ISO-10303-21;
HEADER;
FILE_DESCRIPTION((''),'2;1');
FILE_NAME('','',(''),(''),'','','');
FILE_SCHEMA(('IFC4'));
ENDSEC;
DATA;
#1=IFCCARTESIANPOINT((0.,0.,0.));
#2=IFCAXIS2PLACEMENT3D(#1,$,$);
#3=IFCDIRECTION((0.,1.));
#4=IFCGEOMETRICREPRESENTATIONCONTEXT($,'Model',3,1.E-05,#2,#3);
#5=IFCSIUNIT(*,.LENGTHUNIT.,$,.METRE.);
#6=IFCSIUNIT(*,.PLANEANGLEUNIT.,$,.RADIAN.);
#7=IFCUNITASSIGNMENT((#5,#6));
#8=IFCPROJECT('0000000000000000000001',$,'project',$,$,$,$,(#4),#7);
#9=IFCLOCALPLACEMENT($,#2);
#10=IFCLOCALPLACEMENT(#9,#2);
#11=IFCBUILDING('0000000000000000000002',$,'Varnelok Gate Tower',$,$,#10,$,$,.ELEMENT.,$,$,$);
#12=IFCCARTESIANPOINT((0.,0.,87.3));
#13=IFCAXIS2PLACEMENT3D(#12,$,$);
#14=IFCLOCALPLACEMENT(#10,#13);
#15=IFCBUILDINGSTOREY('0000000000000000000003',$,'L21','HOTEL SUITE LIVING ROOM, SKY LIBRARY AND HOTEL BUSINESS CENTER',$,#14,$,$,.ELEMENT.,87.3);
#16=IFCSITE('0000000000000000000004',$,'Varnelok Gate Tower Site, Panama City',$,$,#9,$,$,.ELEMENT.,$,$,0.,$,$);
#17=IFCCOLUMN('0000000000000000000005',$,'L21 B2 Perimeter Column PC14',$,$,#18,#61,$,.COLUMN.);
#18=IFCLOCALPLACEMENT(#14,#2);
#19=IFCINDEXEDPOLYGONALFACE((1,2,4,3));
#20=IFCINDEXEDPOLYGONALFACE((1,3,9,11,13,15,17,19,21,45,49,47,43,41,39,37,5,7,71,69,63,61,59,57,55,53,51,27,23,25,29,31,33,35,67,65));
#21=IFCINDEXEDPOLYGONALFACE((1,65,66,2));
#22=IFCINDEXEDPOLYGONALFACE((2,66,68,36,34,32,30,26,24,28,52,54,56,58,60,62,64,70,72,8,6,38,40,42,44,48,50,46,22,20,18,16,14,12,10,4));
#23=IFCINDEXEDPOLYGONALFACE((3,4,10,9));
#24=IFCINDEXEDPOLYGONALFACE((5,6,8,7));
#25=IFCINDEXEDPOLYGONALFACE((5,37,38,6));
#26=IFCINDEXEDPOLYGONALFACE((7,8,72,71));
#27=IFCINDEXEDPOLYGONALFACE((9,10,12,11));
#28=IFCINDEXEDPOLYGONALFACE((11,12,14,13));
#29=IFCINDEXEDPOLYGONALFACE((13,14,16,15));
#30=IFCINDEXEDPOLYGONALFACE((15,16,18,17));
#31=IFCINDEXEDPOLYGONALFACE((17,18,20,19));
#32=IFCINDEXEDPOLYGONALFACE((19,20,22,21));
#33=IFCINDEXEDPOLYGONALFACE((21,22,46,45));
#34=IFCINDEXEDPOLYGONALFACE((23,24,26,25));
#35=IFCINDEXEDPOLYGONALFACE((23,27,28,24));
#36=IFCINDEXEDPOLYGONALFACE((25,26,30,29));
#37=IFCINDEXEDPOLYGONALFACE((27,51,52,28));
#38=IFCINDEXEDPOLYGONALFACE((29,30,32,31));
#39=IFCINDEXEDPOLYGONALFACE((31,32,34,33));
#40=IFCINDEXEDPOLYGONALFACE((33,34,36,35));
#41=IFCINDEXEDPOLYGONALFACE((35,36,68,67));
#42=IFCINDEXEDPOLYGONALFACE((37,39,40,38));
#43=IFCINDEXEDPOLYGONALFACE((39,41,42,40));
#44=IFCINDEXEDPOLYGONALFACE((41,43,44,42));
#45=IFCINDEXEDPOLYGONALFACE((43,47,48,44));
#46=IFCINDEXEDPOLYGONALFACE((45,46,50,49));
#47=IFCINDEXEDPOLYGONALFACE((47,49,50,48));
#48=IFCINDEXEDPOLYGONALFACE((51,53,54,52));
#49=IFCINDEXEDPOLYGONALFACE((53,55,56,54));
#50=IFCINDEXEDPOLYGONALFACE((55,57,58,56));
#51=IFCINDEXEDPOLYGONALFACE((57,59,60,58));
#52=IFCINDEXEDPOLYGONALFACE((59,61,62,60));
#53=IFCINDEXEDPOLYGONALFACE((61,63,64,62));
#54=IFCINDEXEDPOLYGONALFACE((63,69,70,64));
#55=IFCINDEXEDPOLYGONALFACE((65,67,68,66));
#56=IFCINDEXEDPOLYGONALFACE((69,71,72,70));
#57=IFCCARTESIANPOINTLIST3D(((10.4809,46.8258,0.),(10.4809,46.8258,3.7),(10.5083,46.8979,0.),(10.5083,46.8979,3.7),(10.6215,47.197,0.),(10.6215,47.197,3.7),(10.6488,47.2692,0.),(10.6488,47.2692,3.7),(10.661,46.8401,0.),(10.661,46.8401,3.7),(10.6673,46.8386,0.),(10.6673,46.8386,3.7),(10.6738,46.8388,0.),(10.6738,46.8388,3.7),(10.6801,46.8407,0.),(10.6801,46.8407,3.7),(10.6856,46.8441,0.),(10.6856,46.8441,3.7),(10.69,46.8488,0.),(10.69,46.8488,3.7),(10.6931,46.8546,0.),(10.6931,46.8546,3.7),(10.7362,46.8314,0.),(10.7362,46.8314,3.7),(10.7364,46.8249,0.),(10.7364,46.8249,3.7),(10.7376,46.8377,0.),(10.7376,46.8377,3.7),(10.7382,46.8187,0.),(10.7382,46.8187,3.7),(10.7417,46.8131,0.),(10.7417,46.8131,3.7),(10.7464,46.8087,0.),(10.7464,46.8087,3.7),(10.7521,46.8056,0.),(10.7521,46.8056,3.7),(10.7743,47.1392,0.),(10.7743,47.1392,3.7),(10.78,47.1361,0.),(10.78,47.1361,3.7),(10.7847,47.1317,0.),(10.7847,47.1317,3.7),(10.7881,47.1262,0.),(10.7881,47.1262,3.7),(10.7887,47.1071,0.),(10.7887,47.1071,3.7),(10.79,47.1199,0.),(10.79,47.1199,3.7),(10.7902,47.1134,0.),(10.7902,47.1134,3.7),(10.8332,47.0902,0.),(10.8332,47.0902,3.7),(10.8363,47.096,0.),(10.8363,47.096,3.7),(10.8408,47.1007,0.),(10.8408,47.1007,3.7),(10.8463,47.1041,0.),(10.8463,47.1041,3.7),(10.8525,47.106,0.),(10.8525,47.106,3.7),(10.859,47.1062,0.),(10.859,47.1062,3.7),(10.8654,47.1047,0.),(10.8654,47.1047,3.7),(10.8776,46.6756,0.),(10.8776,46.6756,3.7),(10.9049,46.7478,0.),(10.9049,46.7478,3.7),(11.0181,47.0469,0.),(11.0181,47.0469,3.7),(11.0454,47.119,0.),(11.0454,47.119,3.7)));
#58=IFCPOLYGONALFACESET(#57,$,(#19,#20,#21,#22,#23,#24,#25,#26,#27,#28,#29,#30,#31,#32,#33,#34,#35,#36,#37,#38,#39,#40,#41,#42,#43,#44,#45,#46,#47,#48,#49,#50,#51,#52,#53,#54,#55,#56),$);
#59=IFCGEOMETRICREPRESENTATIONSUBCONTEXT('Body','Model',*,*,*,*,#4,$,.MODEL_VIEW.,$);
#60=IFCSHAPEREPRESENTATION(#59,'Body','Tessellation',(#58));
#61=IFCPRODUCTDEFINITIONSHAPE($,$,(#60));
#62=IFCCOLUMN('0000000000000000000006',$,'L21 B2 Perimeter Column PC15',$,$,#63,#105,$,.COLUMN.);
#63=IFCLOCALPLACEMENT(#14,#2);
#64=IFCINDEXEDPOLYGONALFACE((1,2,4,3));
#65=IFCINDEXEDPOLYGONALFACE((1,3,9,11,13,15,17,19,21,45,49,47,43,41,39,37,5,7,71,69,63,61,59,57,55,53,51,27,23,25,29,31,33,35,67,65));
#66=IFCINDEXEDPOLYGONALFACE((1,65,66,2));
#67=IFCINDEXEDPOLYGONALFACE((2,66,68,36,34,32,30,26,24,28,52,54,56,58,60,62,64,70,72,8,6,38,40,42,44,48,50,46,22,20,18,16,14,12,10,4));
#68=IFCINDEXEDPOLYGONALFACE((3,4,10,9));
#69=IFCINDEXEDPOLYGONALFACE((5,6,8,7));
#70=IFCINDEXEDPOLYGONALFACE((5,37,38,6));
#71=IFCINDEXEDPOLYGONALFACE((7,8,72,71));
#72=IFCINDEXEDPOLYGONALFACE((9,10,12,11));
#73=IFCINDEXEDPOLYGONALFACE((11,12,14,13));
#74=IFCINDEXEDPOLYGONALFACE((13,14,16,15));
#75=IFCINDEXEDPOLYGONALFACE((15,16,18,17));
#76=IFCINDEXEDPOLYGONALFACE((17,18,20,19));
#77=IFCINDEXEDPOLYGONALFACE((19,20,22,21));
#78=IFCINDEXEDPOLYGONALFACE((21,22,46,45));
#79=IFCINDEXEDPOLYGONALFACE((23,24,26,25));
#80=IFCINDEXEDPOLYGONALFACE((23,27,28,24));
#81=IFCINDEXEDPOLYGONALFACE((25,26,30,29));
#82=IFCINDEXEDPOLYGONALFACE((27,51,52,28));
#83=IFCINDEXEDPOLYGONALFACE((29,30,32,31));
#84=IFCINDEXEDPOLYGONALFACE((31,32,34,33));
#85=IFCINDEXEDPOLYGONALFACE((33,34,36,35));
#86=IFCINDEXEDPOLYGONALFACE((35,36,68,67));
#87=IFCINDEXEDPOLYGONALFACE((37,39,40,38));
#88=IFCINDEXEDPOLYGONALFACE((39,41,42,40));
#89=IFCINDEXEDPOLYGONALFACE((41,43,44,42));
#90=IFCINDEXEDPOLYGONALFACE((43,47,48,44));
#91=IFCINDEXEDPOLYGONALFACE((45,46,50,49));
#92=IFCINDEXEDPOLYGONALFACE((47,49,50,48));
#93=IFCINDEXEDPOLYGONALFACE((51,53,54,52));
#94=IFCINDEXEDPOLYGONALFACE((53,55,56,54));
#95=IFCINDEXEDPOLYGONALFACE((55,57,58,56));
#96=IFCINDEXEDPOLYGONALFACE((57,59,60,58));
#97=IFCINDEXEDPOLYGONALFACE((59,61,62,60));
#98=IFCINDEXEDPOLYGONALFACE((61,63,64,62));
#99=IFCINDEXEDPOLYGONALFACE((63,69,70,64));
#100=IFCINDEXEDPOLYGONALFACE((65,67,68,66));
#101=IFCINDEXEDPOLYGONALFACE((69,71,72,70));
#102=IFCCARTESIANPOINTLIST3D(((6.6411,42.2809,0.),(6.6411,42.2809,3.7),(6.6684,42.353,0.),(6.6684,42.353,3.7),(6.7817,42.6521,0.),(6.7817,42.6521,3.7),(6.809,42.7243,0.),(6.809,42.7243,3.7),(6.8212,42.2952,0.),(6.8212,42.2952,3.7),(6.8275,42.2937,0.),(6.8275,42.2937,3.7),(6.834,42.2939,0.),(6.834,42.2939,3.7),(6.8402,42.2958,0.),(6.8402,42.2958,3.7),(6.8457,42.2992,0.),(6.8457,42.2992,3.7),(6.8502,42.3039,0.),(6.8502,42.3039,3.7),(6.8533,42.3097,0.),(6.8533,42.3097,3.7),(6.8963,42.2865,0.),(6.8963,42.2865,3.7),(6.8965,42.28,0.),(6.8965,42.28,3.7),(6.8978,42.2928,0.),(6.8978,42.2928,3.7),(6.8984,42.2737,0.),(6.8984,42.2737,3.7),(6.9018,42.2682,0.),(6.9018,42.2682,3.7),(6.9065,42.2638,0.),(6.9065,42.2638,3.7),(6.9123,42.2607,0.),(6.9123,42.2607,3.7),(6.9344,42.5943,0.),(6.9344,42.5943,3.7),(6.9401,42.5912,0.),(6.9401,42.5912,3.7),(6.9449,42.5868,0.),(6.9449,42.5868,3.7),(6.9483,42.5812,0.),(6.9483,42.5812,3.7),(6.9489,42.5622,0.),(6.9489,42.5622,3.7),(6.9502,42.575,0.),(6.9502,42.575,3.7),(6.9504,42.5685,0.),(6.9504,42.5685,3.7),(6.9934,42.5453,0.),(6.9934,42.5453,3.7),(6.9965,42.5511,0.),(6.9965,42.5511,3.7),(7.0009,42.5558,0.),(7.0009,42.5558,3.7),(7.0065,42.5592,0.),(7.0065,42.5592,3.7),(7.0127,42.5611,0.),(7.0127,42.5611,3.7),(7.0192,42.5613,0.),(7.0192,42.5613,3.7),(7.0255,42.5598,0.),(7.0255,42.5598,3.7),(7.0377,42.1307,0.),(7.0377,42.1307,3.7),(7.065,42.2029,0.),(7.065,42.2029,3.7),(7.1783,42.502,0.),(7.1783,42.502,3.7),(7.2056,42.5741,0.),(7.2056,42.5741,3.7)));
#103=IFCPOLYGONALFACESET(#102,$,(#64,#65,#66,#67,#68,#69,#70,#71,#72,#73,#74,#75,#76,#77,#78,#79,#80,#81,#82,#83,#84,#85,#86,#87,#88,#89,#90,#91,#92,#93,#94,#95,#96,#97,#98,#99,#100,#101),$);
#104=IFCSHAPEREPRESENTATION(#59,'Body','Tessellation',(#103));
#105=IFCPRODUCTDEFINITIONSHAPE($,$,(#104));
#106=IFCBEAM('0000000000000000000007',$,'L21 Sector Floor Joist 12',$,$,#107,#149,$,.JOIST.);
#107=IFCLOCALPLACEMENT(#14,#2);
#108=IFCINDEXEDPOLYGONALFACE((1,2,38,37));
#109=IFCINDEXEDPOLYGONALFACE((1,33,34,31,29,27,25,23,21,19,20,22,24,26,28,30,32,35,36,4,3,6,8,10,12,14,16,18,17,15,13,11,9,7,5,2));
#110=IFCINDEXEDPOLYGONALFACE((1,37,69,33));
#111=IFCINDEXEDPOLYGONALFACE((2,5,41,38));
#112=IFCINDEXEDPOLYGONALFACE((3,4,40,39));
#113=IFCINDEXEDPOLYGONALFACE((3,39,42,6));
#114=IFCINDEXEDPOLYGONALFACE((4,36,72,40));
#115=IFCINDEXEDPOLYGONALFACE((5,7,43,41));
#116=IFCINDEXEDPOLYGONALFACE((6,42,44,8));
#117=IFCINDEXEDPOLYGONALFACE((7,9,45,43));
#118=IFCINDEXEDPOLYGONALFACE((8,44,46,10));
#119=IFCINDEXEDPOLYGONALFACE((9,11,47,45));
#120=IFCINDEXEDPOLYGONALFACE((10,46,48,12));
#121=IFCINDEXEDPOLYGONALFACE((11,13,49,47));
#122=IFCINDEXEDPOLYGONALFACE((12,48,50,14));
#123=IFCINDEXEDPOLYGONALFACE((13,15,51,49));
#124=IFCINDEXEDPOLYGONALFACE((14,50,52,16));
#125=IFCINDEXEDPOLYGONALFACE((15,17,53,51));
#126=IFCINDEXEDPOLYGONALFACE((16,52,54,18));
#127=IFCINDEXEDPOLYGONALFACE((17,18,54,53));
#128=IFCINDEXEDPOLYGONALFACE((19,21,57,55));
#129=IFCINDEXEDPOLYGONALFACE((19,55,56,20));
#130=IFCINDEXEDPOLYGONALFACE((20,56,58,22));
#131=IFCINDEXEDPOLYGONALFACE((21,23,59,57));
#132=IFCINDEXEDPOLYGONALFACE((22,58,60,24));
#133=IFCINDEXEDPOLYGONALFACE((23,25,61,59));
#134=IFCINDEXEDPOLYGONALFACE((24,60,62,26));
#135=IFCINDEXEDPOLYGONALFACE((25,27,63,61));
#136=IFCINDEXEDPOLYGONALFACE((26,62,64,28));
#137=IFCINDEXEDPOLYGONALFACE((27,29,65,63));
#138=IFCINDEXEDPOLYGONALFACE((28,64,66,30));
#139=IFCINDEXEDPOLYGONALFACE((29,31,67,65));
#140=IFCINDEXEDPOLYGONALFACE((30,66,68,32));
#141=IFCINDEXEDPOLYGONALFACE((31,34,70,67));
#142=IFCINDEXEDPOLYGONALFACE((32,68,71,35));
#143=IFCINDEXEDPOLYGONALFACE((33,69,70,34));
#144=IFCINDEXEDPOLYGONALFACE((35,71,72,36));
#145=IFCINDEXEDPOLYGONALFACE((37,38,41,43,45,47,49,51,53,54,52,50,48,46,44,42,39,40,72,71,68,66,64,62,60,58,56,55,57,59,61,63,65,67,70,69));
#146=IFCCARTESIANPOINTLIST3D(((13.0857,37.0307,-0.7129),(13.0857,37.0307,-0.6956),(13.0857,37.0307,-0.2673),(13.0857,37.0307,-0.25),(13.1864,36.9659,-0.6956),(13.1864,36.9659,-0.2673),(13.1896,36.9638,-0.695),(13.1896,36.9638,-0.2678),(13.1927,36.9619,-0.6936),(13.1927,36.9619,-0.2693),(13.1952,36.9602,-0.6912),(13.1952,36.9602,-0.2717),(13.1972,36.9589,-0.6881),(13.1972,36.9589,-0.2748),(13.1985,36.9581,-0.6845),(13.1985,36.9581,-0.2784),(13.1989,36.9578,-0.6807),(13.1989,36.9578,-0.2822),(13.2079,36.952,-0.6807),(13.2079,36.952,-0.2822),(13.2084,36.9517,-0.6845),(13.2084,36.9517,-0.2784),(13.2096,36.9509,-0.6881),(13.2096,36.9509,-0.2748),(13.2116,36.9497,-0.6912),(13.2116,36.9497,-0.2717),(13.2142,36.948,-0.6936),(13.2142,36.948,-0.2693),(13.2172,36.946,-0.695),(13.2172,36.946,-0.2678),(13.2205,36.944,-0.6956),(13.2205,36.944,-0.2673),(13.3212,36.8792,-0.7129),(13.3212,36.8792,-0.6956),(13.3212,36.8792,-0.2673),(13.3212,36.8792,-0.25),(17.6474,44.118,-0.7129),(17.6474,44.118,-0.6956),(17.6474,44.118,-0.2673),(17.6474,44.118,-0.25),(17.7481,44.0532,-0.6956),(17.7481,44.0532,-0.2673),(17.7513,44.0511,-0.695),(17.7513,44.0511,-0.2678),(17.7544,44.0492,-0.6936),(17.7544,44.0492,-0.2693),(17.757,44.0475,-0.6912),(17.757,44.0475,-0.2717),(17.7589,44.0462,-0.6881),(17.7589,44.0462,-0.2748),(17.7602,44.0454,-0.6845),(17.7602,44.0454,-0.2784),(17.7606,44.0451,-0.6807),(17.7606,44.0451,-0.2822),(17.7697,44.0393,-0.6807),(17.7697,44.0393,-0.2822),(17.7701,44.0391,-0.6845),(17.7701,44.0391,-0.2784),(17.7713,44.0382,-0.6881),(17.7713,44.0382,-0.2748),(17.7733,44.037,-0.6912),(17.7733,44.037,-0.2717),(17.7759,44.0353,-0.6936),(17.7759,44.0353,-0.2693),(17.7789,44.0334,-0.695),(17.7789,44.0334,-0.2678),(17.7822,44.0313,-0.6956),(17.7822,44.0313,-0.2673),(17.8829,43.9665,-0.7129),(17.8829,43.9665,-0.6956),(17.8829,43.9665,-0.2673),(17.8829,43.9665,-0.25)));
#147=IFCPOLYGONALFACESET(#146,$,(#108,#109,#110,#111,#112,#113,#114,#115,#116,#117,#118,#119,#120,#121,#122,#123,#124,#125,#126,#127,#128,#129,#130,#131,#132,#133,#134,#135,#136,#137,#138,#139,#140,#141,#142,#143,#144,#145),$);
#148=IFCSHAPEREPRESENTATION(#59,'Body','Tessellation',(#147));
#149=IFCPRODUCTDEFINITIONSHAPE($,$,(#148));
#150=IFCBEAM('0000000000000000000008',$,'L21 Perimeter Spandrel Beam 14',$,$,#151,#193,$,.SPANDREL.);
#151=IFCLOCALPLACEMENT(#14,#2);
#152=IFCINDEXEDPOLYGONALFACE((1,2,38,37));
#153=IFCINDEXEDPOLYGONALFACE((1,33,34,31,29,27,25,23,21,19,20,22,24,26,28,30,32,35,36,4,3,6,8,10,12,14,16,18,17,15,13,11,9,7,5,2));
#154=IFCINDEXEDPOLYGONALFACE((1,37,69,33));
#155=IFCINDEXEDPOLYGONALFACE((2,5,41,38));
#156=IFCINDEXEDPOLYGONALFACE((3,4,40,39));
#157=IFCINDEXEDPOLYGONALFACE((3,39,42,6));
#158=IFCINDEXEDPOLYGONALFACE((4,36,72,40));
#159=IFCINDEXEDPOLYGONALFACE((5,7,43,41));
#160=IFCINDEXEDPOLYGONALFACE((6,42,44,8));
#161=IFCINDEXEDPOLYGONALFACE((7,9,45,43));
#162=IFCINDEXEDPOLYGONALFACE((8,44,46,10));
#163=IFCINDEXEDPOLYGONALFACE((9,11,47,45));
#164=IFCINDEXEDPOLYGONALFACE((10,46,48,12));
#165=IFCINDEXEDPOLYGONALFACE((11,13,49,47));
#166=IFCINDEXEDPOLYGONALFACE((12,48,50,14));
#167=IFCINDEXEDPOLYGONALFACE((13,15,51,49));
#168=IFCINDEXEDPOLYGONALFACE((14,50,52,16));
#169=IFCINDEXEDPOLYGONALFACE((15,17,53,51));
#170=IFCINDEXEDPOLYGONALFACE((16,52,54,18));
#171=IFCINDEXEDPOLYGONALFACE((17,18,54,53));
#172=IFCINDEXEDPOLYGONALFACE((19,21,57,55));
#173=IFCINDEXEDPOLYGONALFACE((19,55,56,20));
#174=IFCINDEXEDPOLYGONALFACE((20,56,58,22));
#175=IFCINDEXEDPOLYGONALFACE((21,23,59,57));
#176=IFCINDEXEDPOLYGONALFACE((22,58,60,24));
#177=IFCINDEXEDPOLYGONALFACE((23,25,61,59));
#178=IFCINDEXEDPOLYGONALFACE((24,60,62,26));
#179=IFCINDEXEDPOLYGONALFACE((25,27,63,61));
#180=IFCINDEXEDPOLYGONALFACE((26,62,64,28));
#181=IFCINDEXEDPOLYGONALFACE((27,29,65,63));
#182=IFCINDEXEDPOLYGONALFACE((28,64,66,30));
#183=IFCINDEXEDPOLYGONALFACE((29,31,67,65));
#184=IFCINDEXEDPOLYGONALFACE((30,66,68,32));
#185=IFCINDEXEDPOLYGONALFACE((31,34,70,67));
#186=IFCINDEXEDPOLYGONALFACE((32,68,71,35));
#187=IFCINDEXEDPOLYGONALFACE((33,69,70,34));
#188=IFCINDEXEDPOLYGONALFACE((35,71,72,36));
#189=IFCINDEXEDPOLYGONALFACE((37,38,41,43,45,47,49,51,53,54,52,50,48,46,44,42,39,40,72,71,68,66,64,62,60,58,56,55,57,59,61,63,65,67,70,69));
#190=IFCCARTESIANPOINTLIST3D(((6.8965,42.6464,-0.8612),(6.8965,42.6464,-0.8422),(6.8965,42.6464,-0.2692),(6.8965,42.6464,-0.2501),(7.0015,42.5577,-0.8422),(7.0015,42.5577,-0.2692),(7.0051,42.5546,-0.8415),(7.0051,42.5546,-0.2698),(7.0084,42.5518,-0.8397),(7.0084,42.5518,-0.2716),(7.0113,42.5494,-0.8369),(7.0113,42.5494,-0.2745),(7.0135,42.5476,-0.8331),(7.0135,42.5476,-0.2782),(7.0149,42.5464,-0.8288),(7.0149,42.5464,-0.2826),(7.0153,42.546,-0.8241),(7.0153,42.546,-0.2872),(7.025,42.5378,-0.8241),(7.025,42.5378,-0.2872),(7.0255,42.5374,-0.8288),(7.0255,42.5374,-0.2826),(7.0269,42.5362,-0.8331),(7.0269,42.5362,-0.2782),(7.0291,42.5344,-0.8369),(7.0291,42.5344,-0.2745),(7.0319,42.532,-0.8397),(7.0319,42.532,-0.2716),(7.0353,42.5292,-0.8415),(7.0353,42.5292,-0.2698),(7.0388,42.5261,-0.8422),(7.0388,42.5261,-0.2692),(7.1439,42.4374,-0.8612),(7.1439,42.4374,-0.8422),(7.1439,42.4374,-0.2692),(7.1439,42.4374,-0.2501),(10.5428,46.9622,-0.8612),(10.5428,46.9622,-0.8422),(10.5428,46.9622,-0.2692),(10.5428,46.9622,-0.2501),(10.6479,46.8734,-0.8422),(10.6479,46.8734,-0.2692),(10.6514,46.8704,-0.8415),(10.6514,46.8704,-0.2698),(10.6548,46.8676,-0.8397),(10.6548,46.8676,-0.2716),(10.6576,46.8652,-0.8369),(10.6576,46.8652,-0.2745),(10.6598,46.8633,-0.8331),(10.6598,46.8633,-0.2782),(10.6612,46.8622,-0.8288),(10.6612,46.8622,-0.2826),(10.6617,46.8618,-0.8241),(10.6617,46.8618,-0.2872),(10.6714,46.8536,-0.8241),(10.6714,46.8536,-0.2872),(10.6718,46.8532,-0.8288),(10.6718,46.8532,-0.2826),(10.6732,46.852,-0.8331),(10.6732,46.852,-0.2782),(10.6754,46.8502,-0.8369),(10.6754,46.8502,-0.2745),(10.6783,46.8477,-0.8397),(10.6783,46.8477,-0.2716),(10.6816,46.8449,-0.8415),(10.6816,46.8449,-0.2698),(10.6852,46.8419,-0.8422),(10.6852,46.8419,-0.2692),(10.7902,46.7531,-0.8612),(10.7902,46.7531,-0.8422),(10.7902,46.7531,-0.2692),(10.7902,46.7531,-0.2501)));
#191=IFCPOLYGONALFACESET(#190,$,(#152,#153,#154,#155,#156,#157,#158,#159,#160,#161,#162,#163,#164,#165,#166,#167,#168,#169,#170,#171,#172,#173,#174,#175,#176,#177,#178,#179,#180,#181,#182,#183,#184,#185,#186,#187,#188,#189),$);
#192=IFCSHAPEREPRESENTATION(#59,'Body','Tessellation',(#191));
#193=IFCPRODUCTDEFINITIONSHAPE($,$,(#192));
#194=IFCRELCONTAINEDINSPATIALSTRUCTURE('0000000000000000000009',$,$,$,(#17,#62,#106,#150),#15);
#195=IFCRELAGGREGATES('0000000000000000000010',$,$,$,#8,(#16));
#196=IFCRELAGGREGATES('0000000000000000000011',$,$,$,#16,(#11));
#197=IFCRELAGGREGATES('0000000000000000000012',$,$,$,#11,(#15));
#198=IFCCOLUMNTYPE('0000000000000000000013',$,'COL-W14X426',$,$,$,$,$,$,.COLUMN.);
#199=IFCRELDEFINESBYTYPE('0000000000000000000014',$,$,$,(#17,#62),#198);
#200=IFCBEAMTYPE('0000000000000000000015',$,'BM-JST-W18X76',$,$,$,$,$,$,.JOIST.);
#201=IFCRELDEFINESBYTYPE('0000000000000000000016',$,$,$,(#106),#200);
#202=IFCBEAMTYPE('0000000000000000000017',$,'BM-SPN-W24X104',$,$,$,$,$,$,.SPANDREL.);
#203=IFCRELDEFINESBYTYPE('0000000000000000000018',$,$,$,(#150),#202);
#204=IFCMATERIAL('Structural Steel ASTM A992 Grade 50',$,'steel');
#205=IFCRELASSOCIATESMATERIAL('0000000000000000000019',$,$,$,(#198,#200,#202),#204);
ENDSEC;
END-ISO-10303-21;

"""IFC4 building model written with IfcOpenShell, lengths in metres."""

from ifc_helpers import new_model, si_unit, direction, frame, origin, origin_2d, place, context, subcontext, project, spatial, i_section, extrude, material, material_profile, profile_set, type_object, element, save


model = new_model("IFC4")

# Units and contexts
model_context = context("Model", 3, precision=1e-05, world=origin(), true_north=direction((0.0, 1.0)))
body_context = subcontext(model_context, "Body", "Model", "MODEL_VIEW")
ifc_project = project(units=[si_unit("LENGTHUNIT", "METRE"), si_unit("PLANEANGLEUNIT", "RADIAN")], contexts=[model_context])

# Site, building, storey
site_placement = place(None, origin())
site = spatial("IfcSite", under=ifc_project, at=site_placement, Name="Varnelok Gate Tower Site, Panama City", CompositionType="ELEMENT", RefElevation=0.0)
building_placement = place(site_placement, origin())
building = spatial("IfcBuilding", under=site, at=building_placement, Name="Varnelok Gate Tower", CompositionType="ELEMENT")
storey_placement = place(building_placement, frame((0.0, 0.0, 87.3)))
storey = spatial("IfcBuildingStorey", under=building, at=storey_placement, Name="L21", Description="HOTEL SUITE LIVING ROOM, SKY LIBRARY AND HOTEL BUSINESS CENTER", CompositionType="ELEMENT", Elevation=87.3)

# Columns
ifc_material_1 = material(Name="Structural Steel ASTM A992 Grade 50", Category="steel")
ifc_material_profile_1 = material_profile(ifc_material_1, i_section(OverallWidth=0.4241, OverallDepth=0.4741, WebThickness=0.0476, FlangeThickness=0.0771, FilletRadius=0.0249, at=origin_2d()), Name="W14X426")
ifc_profile_set_1 = profile_set([ifc_material_profile_1], Name="Structural Steel ASTM A992 Grade 50")
column_type = type_object("IfcColumnType", Name="COL-W14X426", PredefinedType="COLUMN", material=ifc_profile_set_1)
for number, where, z_axis, x_axis, name in (
    (1, (10.7632, 46.9724, 0.0), (0.0, 0.0, 1.0), (0.935222, -0.354063, 0.0), "L21 B2 Perimeter Column PC14"),
    (2, (6.9233, 42.4275, 0.0), (0.0, 0.0, 1.0), (0.935222, -0.354063, 0.0), "L21 B2 Perimeter Column PC15"),
):
    element("IfcColumn", number, at=place(storey_placement, frame(where, z_axis=z_axis, x_axis=x_axis)), inside=storey, type_object=column_type, Name=name, PredefinedType="COLUMN", context=body_context, shape_type="SweptSolid", body=[
        extrude(i_section(OverallWidth=0.4241, OverallDepth=0.4741, WebThickness=0.0476, FlangeThickness=0.0771, FilletRadius=0.0249, at=origin_2d()), origin(), (0.0, 0.0, 1.0), 3.7),
    ])

# Beams
ifc_material_profile_2 = material_profile(ifc_material_1, i_section(OverallWidth=0.28, OverallDepth=0.4629, WebThickness=0.0107, FlangeThickness=0.0173, FilletRadius=0.0149, at=origin_2d()), Name="W18X76")
ifc_profile_set_2 = profile_set([ifc_material_profile_2], Name="Structural Steel ASTM A992 Grade 50")
beam_type_1 = type_object("IfcBeamType", Name="BM-JST-W18X76", PredefinedType="JOIST", material=ifc_profile_set_2)
beam_1_placement = place(storey_placement, frame((17.7651, 44.0422, -0.4814), z_axis=(-0.541226, -0.840877, 0.0), x_axis=(0.840877, -0.541226, 0.0)))
element("IfcBeam", 3, at=beam_1_placement, inside=storey, type_object=beam_type_1, Name="L21 Sector Floor Joist 12", PredefinedType="JOIST", context=body_context, shape_type="SweptSolid", body=[
    extrude(i_section(OverallWidth=0.28, OverallDepth=0.4629, WebThickness=0.0107, FlangeThickness=0.0173, FilletRadius=0.0149, at=origin_2d()), origin(), (0.0, 0.0, 1.0), 8.4285),
])
ifc_material_profile_3 = material_profile(ifc_material_1, i_section(OverallWidth=0.324, OverallDepth=0.6111, WebThickness=0.0127, FlangeThickness=0.019, FilletRadius=0.0181, at=origin_2d()), Name="W24X104")
ifc_profile_set_3 = profile_set([ifc_material_profile_3], Name="Structural Steel ASTM A992 Grade 50")
beam_type_2 = type_object("IfcBeamType", Name="BM-SPN-W24X104", PredefinedType="SPANDREL", material=ifc_profile_set_3)
beam_2_placement = place(storey_placement, frame((10.6665, 46.8577, -0.5557), z_axis=(-0.645376, -0.763865, 0.0), x_axis=(0.763865, -0.645376, 0.0)))
element("IfcBeam", 4, at=beam_2_placement, inside=storey, type_object=beam_type_2, Name="L21 Perimeter Spandrel Beam 14", PredefinedType="SPANDREL", context=body_context, shape_type="SweptSolid", body=[
    extrude(i_section(OverallWidth=0.324, OverallDepth=0.6111, WebThickness=0.0127, FlangeThickness=0.019, FilletRadius=0.0181, at=origin_2d()), origin(), (0.0, 0.0, 1.0), 5.6499),
])

save(model, "model.ifc")
